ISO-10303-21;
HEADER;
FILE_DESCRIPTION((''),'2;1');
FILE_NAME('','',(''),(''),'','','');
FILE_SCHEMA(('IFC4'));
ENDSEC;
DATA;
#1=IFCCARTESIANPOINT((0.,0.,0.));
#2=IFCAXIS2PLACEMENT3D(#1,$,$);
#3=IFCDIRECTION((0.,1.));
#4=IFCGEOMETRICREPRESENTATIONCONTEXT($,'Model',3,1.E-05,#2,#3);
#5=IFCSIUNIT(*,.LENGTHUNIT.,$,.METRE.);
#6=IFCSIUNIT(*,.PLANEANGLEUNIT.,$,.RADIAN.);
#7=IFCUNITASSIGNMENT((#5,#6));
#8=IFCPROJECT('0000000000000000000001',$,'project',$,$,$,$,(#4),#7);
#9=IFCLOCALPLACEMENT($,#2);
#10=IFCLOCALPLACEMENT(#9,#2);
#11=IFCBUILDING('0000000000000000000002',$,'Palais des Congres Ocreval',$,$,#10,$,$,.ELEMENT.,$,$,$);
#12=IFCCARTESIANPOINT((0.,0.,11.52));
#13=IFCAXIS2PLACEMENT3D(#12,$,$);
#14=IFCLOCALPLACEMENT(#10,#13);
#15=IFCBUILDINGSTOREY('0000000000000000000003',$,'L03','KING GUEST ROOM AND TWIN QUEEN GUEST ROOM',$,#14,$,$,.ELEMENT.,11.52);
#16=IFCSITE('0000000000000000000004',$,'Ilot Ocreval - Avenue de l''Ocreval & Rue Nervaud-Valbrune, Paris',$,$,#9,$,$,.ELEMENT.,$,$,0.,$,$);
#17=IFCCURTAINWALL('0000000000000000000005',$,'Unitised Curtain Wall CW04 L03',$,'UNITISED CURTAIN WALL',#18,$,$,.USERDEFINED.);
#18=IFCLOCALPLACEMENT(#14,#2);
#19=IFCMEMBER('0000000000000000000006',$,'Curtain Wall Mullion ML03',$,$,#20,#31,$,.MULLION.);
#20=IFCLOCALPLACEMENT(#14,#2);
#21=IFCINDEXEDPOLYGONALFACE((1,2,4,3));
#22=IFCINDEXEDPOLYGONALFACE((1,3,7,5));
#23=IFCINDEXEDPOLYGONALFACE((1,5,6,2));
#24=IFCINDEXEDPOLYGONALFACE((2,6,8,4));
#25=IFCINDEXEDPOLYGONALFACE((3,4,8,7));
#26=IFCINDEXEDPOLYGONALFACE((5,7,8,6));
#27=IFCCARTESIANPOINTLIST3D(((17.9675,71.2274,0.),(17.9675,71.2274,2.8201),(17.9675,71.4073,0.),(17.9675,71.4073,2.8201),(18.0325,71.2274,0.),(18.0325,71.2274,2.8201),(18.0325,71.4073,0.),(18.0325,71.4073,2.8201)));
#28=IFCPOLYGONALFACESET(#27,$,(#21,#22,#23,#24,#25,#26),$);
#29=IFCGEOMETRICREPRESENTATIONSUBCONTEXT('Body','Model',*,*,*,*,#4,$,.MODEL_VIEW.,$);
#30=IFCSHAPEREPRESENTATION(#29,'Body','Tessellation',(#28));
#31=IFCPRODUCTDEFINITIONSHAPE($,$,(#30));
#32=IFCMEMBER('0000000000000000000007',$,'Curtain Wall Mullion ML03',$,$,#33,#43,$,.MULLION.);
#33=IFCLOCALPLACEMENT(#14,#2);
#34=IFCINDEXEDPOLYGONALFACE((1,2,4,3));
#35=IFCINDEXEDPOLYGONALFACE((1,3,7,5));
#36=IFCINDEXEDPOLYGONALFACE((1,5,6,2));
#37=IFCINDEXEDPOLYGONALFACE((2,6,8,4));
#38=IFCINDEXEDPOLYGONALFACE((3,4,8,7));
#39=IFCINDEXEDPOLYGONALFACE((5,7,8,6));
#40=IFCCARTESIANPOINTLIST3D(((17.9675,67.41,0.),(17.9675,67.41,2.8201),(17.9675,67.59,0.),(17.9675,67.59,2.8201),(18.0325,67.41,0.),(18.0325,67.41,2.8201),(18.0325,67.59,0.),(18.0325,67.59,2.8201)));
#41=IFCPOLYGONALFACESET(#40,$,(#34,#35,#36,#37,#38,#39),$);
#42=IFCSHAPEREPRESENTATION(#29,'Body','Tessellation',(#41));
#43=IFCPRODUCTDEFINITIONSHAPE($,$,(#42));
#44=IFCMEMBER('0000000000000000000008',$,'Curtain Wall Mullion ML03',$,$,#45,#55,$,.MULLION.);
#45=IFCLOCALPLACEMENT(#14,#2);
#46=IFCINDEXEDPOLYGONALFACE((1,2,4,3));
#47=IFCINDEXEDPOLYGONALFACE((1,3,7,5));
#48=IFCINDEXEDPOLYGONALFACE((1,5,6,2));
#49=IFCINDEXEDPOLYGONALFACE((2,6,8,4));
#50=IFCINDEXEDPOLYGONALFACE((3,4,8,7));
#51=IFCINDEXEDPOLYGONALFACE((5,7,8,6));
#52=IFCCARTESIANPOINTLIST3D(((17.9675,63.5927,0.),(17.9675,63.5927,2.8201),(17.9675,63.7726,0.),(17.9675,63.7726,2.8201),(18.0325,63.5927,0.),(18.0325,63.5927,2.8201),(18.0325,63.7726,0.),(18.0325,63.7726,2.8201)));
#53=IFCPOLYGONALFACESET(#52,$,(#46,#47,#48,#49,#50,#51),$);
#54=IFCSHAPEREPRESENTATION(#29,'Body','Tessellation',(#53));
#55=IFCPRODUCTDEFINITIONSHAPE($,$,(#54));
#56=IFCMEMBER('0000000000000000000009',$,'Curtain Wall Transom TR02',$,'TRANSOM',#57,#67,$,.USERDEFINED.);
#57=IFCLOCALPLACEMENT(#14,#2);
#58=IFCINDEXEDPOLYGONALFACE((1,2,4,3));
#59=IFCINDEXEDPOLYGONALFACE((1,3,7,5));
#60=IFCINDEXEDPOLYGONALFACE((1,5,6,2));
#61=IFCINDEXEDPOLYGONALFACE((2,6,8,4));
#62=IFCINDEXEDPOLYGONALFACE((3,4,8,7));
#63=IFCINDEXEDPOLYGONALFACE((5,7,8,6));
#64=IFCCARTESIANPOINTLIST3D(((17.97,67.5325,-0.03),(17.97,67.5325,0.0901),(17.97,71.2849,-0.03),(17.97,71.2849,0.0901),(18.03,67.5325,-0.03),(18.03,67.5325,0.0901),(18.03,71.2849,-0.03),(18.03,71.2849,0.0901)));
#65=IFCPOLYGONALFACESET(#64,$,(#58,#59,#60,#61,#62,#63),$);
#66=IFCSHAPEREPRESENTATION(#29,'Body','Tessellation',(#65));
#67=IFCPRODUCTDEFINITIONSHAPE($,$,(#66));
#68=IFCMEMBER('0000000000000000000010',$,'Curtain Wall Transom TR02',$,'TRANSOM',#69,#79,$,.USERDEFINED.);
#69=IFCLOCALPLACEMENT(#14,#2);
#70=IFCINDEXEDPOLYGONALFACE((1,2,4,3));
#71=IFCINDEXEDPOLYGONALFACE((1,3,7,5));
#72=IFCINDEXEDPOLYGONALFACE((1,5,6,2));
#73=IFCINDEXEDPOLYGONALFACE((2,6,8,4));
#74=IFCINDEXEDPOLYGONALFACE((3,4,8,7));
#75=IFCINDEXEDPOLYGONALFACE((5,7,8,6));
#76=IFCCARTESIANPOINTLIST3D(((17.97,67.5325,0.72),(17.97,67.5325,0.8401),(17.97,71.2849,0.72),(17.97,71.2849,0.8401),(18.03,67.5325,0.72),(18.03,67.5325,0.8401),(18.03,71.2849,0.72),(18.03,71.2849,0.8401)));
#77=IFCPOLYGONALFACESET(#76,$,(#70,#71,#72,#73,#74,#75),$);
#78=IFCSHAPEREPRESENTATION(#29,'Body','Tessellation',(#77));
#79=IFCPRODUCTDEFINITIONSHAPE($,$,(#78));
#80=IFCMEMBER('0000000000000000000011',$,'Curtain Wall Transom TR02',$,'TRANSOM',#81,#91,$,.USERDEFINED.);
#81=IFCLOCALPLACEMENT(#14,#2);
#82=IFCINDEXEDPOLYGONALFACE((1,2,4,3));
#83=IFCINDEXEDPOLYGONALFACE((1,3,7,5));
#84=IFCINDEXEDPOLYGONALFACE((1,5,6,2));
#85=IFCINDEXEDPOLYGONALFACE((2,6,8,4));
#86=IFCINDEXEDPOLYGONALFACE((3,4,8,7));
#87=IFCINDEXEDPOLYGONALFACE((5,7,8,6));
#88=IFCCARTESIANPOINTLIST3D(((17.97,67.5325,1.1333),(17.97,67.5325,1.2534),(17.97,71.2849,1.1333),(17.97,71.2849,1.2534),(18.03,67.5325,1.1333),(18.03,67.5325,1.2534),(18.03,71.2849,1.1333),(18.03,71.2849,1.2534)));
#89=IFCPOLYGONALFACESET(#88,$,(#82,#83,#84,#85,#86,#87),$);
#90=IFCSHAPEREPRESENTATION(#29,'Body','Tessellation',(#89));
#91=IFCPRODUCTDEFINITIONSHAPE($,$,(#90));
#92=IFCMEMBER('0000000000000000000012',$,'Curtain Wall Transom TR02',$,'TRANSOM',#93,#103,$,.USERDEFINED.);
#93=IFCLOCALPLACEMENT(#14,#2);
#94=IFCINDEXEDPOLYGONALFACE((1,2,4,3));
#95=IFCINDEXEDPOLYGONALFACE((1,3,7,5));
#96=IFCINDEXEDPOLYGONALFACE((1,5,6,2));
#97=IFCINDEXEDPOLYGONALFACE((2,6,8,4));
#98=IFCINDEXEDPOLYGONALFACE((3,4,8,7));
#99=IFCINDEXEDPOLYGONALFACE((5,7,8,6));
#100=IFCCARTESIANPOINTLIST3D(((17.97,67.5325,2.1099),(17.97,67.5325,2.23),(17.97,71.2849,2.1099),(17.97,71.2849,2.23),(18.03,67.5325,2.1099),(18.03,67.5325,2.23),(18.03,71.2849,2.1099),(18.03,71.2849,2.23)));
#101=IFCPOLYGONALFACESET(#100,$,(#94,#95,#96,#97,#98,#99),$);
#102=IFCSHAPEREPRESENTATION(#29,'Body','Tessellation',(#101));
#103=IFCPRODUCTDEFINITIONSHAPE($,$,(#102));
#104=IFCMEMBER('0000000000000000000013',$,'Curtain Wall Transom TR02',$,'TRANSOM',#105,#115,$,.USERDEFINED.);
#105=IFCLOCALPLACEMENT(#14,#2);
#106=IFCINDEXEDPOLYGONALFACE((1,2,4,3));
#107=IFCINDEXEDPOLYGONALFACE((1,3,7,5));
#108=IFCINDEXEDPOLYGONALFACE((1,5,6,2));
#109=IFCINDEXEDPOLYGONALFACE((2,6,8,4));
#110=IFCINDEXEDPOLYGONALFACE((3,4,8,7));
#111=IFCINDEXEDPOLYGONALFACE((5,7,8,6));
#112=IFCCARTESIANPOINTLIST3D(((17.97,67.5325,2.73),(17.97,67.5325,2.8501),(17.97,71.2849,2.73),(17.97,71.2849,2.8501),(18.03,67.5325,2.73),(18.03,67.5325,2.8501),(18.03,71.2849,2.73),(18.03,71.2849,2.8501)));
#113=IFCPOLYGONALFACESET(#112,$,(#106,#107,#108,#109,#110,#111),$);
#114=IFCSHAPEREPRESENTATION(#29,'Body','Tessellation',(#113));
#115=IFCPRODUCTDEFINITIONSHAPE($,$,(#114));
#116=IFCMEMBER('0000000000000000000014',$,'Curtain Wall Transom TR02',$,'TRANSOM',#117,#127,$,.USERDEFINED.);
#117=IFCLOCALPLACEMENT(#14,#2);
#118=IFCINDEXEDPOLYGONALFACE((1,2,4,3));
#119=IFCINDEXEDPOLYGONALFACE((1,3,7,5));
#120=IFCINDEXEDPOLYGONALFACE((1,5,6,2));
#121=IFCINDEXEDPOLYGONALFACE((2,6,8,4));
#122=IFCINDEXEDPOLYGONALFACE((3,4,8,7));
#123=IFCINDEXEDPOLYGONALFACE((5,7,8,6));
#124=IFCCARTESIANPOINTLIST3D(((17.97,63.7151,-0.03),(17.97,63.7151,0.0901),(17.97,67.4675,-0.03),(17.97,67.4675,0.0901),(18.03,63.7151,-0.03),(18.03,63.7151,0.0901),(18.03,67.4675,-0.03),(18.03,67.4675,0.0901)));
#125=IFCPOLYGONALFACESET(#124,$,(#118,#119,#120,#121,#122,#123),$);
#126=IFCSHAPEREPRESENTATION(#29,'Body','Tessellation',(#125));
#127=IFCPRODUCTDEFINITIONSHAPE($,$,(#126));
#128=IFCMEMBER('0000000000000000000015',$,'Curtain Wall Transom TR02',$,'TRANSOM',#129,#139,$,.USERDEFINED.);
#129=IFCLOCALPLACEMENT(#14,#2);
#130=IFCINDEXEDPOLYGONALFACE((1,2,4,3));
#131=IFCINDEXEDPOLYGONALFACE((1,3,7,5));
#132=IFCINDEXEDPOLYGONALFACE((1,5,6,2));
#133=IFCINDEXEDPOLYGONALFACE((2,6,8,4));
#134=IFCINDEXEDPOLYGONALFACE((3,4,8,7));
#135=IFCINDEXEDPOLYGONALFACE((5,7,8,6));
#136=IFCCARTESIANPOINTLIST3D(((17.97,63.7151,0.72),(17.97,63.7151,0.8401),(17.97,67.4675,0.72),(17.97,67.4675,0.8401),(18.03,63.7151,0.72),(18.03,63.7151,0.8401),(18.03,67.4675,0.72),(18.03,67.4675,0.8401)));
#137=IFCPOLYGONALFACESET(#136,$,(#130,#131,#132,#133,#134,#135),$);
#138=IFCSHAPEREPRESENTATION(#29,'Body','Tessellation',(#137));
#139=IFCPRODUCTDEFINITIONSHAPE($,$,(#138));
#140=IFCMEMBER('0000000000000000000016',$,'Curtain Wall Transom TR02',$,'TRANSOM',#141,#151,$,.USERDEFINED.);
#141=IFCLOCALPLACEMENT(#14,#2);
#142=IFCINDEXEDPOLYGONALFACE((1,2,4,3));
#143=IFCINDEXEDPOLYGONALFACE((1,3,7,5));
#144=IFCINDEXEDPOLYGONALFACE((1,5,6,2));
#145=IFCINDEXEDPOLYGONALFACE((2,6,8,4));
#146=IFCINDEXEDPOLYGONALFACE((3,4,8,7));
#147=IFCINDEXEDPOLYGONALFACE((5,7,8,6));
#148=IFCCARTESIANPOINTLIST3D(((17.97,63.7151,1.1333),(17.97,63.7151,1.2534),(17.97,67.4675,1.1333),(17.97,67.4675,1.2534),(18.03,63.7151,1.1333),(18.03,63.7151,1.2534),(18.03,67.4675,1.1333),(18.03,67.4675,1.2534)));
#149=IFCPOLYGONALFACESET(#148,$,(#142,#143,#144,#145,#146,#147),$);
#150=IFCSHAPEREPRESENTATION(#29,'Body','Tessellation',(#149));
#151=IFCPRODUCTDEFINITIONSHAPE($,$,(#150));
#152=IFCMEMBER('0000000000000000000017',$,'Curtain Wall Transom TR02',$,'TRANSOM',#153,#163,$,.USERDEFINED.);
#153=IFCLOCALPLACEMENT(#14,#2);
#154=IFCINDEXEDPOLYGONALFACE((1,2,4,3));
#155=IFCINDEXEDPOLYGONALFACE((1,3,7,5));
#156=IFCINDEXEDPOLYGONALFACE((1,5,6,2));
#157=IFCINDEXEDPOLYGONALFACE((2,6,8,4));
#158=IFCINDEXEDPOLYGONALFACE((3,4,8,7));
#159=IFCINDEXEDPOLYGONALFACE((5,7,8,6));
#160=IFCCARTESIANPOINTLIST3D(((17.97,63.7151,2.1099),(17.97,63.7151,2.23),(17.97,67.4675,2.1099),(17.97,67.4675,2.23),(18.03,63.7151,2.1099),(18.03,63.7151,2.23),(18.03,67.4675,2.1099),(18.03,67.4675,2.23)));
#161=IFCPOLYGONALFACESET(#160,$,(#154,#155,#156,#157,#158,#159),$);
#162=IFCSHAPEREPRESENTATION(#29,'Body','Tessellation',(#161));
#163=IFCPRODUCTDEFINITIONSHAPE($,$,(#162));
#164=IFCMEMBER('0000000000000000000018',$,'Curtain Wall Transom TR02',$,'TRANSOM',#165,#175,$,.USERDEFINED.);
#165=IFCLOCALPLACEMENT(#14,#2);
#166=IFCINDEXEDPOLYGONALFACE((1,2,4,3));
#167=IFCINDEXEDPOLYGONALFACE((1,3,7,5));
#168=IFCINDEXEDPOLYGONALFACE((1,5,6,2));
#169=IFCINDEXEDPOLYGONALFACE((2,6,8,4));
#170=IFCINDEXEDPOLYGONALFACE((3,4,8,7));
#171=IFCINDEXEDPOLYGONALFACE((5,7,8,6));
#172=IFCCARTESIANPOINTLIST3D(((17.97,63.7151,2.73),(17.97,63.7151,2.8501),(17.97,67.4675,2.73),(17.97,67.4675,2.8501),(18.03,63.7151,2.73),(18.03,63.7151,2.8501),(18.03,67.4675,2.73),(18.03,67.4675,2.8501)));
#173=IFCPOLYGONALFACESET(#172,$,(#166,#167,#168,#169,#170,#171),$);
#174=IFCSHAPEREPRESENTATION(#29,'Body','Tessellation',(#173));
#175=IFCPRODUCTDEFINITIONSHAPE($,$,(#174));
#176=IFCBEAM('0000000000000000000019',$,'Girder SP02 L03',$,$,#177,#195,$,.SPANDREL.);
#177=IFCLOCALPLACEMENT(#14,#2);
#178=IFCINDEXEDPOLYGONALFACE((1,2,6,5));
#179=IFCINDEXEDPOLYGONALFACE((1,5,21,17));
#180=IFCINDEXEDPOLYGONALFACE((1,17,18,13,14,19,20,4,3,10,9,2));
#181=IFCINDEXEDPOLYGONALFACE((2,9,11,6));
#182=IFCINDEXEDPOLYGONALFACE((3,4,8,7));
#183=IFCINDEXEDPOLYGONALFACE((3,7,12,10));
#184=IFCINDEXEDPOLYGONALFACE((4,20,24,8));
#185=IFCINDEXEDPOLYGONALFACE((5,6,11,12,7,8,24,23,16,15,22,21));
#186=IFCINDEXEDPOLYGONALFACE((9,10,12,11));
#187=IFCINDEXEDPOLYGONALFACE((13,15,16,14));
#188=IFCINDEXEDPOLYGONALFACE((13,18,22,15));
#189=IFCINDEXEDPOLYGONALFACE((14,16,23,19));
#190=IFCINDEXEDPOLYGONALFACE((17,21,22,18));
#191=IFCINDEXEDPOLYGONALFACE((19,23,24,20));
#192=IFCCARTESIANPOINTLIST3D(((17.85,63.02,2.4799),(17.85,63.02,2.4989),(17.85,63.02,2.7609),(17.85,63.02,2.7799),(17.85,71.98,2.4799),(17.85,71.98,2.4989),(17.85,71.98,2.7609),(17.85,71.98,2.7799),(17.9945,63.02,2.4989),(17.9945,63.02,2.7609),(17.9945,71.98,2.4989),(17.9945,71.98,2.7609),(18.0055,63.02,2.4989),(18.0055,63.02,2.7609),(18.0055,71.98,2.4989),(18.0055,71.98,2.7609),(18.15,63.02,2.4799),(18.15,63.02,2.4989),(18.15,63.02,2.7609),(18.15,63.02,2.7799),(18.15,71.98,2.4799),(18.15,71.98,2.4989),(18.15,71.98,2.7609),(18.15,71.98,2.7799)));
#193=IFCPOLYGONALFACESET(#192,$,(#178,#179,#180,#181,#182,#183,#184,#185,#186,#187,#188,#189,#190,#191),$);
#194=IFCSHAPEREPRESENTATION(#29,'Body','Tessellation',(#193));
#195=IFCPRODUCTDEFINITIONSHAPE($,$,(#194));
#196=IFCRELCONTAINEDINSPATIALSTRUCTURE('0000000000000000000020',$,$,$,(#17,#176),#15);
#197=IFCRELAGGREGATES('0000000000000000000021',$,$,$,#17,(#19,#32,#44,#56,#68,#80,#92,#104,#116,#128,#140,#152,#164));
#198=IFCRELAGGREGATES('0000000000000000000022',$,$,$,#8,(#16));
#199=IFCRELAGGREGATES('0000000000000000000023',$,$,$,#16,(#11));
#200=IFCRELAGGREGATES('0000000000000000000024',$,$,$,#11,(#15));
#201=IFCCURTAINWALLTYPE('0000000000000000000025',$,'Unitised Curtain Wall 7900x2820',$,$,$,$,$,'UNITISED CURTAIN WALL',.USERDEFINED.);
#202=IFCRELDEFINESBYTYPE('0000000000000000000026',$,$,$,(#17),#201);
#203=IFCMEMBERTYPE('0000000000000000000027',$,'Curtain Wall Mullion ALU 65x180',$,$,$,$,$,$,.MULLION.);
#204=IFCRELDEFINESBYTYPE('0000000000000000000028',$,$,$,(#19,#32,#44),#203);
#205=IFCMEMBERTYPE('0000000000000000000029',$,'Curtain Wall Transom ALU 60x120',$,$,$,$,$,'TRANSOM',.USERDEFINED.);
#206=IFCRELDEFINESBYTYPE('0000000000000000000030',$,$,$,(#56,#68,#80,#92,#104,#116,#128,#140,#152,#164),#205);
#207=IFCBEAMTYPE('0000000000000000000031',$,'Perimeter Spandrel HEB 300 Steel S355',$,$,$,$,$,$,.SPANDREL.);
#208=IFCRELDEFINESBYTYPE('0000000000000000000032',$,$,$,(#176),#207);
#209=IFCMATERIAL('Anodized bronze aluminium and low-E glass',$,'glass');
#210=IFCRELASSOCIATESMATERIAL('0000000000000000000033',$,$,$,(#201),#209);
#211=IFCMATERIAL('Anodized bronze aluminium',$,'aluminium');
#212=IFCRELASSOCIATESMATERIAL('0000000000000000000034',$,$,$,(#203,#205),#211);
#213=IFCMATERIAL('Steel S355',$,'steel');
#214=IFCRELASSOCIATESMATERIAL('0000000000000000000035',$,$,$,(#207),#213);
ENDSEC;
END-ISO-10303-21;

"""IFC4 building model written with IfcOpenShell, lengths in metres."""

from ifc_helpers import new_model, si_unit, direction, frame, origin, origin_2d, place, context, subcontext, project, spatial, rectangle, i_section, extrude, material, material_profile, profile_set, type_object, element, aggregate, save


model = new_model("IFC4")

# Units and contexts
model_context = context("Model", 3, precision=1e-05, world=origin(), true_north=direction((0.0, 1.0)))
body_context = subcontext(model_context, "Body", "Model", "MODEL_VIEW")
ifc_project = project(units=[si_unit("LENGTHUNIT", "METRE"), si_unit("PLANEANGLEUNIT", "RADIAN")], contexts=[model_context])

# Site, building, storey
site_placement = place(None, origin())
site = spatial("IfcSite", under=ifc_project, at=site_placement, Name="Ilot Ocreval - Avenue de l'Ocreval & Rue Nervaud-Valbrune, Paris", CompositionType="ELEMENT", RefElevation=0.0)
building_placement = place(site_placement, origin())
building = spatial("IfcBuilding", under=site, at=building_placement, Name="Palais des Congres Ocreval", CompositionType="ELEMENT")
storey_placement = place(building_placement, frame((0.0, 0.0, 11.52)))
storey = spatial("IfcBuildingStorey", under=building, at=storey_placement, Name="L03", Description="KING GUEST ROOM AND TWIN QUEEN GUEST ROOM", CompositionType="ELEMENT", Elevation=11.52)

# Curtain wall, members
ifc_material_1 = material(Name="Anodized bronze aluminium and low-E glass", Category="glass")
curtain_wall_type = type_object("IfcCurtainWallType", Name="Unitised Curtain Wall 7900x2820", ElementType="UNITISED CURTAIN WALL", PredefinedType="USERDEFINED", material=ifc_material_1)
curtain_wall_placement = place(storey_placement, origin())
curtain_wall = element("IfcCurtainWall", 1, at=curtain_wall_placement, inside=storey, type_object=curtain_wall_type, Name="Unitised Curtain Wall CW04 L03", ObjectType="UNITISED CURTAIN WALL", PredefinedType="USERDEFINED")
ifc_material_2 = material(Name="Anodized bronze aluminium", Category="aluminium")
ifc_material_profile_1 = material_profile(ifc_material_2, rectangle(XDim=0.0649, YDim=0.1799, at=origin_2d()), Name="ALU 65x180")
ifc_profile_set_1 = profile_set([ifc_material_profile_1], Name="Anodized bronze aluminium")
member_type_1 = type_object("IfcMemberType", Name="Curtain Wall Mullion ALU 65x180", PredefinedType="MULLION", material=ifc_profile_set_1)
member_1_placement = place(storey_placement, frame((18.0, 71.3174, 0.0), z_axis=(0.0, 0.0, 1.0), x_axis=(1.0, 0.0, 0.0)))
member_1 = element("IfcMember", 2, at=member_1_placement, type_object=member_type_1, Name="Curtain Wall Mullion ML03", PredefinedType="MULLION", context=body_context, shape_type="SweptSolid", body=[
    extrude(rectangle(XDim=0.0649, YDim=0.1799, at=origin_2d()), origin(), (0.0, 0.0, 1.0), 2.8201),
])
member_2_placement = place(storey_placement, frame((18.0, 67.5, 0.0), z_axis=(0.0, 0.0, 1.0), x_axis=(1.0, 0.0, 0.0)))
member_2 = element("IfcMember", 3, at=member_2_placement, type_object=member_type_1, Name="Curtain Wall Mullion ML03", PredefinedType="MULLION", context=body_context, shape_type="SweptSolid", body=[
    extrude(rectangle(XDim=0.0649, YDim=0.1799, at=origin_2d()), origin(), (0.0, 0.0, 1.0), 2.8201),
])
member_3_placement = place(storey_placement, frame((18.0, 63.6826, 0.0), z_axis=(0.0, 0.0, 1.0), x_axis=(1.0, 0.0, 0.0)))
member_3 = element("IfcMember", 4, at=member_3_placement, type_object=member_type_1, Name="Curtain Wall Mullion ML03", PredefinedType="MULLION", context=body_context, shape_type="SweptSolid", body=[
    extrude(rectangle(XDim=0.0649, YDim=0.1799, at=origin_2d()), origin(), (0.0, 0.0, 1.0), 2.8201),
])
ifc_material_profile_2 = material_profile(ifc_material_2, rectangle(XDim=0.0601, YDim=0.1201, at=origin_2d()), Name="ALU 60x120")
ifc_profile_set_2 = profile_set([ifc_material_profile_2], Name="Anodized bronze aluminium")
member_type_2 = type_object("IfcMemberType", Name="Curtain Wall Transom ALU 60x120", ElementType="TRANSOM", PredefinedType="USERDEFINED", material=ifc_profile_set_2)
member_4_placement = place(storey_placement, frame((18.0, 71.2849, 0.03), z_axis=(0.0, -1.0, 0.0), x_axis=(1.0, 0.0, 0.0)))
member_4 = element("IfcMember", 5, at=member_4_placement, type_object=member_type_2, Name="Curtain Wall Transom TR02", ObjectType="TRANSOM", PredefinedType="USERDEFINED", context=body_context, shape_type="SweptSolid", body=[
    extrude(rectangle(XDim=0.0601, YDim=0.1201, at=origin_2d()), origin(), (0.0, 0.0, 1.0), 3.7524),
])
member_5_placement = place(storey_placement, frame((18.0, 71.2849, 0.78), z_axis=(0.0, -1.0, 0.0), x_axis=(1.0, 0.0, 0.0)))
member_5 = element("IfcMember", 6, at=member_5_placement, type_object=member_type_2, Name="Curtain Wall Transom TR02", ObjectType="TRANSOM", PredefinedType="USERDEFINED", context=body_context, shape_type="SweptSolid", body=[
    extrude(rectangle(XDim=0.0601, YDim=0.1201, at=origin_2d()), origin(), (0.0, 0.0, 1.0), 3.7524),
])
member_6_placement = place(storey_placement, frame((18.0, 71.2849, 1.1934), z_axis=(0.0, -1.0, 0.0), x_axis=(1.0, 0.0, 0.0)))
member_6 = element("IfcMember", 7, at=member_6_placement, type_object=member_type_2, Name="Curtain Wall Transom TR02", ObjectType="TRANSOM", PredefinedType="USERDEFINED", context=body_context, shape_type="SweptSolid", body=[
    extrude(rectangle(XDim=0.0601, YDim=0.1201, at=origin_2d()), origin(), (0.0, 0.0, 1.0), 3.7524),
])
member_7_placement = place(storey_placement, frame((18.0, 71.2849, 2.1699), z_axis=(0.0, -1.0, 0.0), x_axis=(1.0, 0.0, 0.0)))
member_7 = element("IfcMember", 8, at=member_7_placement, type_object=member_type_2, Name="Curtain Wall Transom TR02", ObjectType="TRANSOM", PredefinedType="USERDEFINED", context=body_context, shape_type="SweptSolid", body=[
    extrude(rectangle(XDim=0.0601, YDim=0.1201, at=origin_2d()), origin(), (0.0, 0.0, 1.0), 3.7524),
])
member_8_placement = place(storey_placement, frame((18.0, 71.2849, 2.79), z_axis=(0.0, -1.0, 0.0), x_axis=(1.0, 0.0, 0.0)))
member_8 = element("IfcMember", 9, at=member_8_placement, type_object=member_type_2, Name="Curtain Wall Transom TR02", ObjectType="TRANSOM", PredefinedType="USERDEFINED", context=body_context, shape_type="SweptSolid", body=[
    extrude(rectangle(XDim=0.0601, YDim=0.1201, at=origin_2d()), origin(), (0.0, 0.0, 1.0), 3.7524),
])
member_9_placement = place(storey_placement, frame((18.0, 67.4675, 0.03), z_axis=(0.0, -1.0, 0.0), x_axis=(1.0, 0.0, 0.0)))
member_9 = element("IfcMember", 10, at=member_9_placement, type_object=member_type_2, Name="Curtain Wall Transom TR02", ObjectType="TRANSOM", PredefinedType="USERDEFINED", context=body_context, shape_type="SweptSolid", body=[
    extrude(rectangle(XDim=0.0601, YDim=0.1201, at=origin_2d()), origin(), (0.0, 0.0, 1.0), 3.7524),
])
member_10_placement = place(storey_placement, frame((18.0, 67.4675, 0.78), z_axis=(0.0, -1.0, 0.0), x_axis=(1.0, 0.0, 0.0)))
member_10 = element("IfcMember", 11, at=member_10_placement, type_object=member_type_2, Name="Curtain Wall Transom TR02", ObjectType="TRANSOM", PredefinedType="USERDEFINED", context=body_context, shape_type="SweptSolid", body=[
    extrude(rectangle(XDim=0.0601, YDim=0.1201, at=origin_2d()), origin(), (0.0, 0.0, 1.0), 3.7524),
])
member_11_placement = place(storey_placement, frame((18.0, 67.4675, 1.1934), z_axis=(0.0, -1.0, 0.0), x_axis=(1.0, 0.0, 0.0)))
member_11 = element("IfcMember", 12, at=member_11_placement, type_object=member_type_2, Name="Curtain Wall Transom TR02", ObjectType="TRANSOM", PredefinedType="USERDEFINED", context=body_context, shape_type="SweptSolid", body=[
    extrude(rectangle(XDim=0.0601, YDim=0.1201, at=origin_2d()), origin(), (0.0, 0.0, 1.0), 3.7524),
])
member_12_placement = place(storey_placement, frame((18.0, 67.4675, 2.1699), z_axis=(0.0, -1.0, 0.0), x_axis=(1.0, 0.0, 0.0)))
member_12 = element("IfcMember", 13, at=member_12_placement, type_object=member_type_2, Name="Curtain Wall Transom TR02", ObjectType="TRANSOM", PredefinedType="USERDEFINED", context=body_context, shape_type="SweptSolid", body=[
    extrude(rectangle(XDim=0.0601, YDim=0.1201, at=origin_2d()), origin(), (0.0, 0.0, 1.0), 3.7524),
])
member_13_placement = place(storey_placement, frame((18.0, 67.4675, 2.79), z_axis=(0.0, -1.0, 0.0), x_axis=(1.0, 0.0, 0.0)))
member_13 = element("IfcMember", 14, at=member_13_placement, type_object=member_type_2, Name="Curtain Wall Transom TR02", ObjectType="TRANSOM", PredefinedType="USERDEFINED", context=body_context, shape_type="SweptSolid", body=[
    extrude(rectangle(XDim=0.0601, YDim=0.1201, at=origin_2d()), origin(), (0.0, 0.0, 1.0), 3.7524),
])

# Beam
ifc_material_3 = material(Name="Steel S355", Category="steel")
ifc_material_profile_3 = material_profile(ifc_material_3, i_section(OverallWidth=0.3, OverallDepth=0.3, WebThickness=0.011, FlangeThickness=0.019, at=origin_2d()), Name="HEB 300")
ifc_profile_set_3 = profile_set([ifc_material_profile_3], Name="Steel S355")
beam_type = type_object("IfcBeamType", Name="Perimeter Spandrel HEB 300 Steel S355", PredefinedType="SPANDREL", material=ifc_profile_set_3)
beam_placement = place(storey_placement, frame((18.0, 63.02, 2.6299), z_axis=(0.0, 1.0, 0.0), x_axis=(-1.0, 0.0, 0.0)))
element("IfcBeam", 15, at=beam_placement, inside=storey, type_object=beam_type, Name="Girder SP02 L03", PredefinedType="SPANDREL", context=body_context, shape_type="SweptSolid", body=[
    extrude(i_section(OverallWidth=0.3, OverallDepth=0.3, WebThickness=0.011, FlangeThickness=0.019, at=origin_2d()), origin(), (0.0, 0.0, 1.0), 8.96),
])

aggregate(curtain_wall, [member_1, member_2, member_3, member_4, member_5, member_6, member_7, member_8, member_9, member_10, member_11, member_12, member_13])

save(model, "model.ifc")
